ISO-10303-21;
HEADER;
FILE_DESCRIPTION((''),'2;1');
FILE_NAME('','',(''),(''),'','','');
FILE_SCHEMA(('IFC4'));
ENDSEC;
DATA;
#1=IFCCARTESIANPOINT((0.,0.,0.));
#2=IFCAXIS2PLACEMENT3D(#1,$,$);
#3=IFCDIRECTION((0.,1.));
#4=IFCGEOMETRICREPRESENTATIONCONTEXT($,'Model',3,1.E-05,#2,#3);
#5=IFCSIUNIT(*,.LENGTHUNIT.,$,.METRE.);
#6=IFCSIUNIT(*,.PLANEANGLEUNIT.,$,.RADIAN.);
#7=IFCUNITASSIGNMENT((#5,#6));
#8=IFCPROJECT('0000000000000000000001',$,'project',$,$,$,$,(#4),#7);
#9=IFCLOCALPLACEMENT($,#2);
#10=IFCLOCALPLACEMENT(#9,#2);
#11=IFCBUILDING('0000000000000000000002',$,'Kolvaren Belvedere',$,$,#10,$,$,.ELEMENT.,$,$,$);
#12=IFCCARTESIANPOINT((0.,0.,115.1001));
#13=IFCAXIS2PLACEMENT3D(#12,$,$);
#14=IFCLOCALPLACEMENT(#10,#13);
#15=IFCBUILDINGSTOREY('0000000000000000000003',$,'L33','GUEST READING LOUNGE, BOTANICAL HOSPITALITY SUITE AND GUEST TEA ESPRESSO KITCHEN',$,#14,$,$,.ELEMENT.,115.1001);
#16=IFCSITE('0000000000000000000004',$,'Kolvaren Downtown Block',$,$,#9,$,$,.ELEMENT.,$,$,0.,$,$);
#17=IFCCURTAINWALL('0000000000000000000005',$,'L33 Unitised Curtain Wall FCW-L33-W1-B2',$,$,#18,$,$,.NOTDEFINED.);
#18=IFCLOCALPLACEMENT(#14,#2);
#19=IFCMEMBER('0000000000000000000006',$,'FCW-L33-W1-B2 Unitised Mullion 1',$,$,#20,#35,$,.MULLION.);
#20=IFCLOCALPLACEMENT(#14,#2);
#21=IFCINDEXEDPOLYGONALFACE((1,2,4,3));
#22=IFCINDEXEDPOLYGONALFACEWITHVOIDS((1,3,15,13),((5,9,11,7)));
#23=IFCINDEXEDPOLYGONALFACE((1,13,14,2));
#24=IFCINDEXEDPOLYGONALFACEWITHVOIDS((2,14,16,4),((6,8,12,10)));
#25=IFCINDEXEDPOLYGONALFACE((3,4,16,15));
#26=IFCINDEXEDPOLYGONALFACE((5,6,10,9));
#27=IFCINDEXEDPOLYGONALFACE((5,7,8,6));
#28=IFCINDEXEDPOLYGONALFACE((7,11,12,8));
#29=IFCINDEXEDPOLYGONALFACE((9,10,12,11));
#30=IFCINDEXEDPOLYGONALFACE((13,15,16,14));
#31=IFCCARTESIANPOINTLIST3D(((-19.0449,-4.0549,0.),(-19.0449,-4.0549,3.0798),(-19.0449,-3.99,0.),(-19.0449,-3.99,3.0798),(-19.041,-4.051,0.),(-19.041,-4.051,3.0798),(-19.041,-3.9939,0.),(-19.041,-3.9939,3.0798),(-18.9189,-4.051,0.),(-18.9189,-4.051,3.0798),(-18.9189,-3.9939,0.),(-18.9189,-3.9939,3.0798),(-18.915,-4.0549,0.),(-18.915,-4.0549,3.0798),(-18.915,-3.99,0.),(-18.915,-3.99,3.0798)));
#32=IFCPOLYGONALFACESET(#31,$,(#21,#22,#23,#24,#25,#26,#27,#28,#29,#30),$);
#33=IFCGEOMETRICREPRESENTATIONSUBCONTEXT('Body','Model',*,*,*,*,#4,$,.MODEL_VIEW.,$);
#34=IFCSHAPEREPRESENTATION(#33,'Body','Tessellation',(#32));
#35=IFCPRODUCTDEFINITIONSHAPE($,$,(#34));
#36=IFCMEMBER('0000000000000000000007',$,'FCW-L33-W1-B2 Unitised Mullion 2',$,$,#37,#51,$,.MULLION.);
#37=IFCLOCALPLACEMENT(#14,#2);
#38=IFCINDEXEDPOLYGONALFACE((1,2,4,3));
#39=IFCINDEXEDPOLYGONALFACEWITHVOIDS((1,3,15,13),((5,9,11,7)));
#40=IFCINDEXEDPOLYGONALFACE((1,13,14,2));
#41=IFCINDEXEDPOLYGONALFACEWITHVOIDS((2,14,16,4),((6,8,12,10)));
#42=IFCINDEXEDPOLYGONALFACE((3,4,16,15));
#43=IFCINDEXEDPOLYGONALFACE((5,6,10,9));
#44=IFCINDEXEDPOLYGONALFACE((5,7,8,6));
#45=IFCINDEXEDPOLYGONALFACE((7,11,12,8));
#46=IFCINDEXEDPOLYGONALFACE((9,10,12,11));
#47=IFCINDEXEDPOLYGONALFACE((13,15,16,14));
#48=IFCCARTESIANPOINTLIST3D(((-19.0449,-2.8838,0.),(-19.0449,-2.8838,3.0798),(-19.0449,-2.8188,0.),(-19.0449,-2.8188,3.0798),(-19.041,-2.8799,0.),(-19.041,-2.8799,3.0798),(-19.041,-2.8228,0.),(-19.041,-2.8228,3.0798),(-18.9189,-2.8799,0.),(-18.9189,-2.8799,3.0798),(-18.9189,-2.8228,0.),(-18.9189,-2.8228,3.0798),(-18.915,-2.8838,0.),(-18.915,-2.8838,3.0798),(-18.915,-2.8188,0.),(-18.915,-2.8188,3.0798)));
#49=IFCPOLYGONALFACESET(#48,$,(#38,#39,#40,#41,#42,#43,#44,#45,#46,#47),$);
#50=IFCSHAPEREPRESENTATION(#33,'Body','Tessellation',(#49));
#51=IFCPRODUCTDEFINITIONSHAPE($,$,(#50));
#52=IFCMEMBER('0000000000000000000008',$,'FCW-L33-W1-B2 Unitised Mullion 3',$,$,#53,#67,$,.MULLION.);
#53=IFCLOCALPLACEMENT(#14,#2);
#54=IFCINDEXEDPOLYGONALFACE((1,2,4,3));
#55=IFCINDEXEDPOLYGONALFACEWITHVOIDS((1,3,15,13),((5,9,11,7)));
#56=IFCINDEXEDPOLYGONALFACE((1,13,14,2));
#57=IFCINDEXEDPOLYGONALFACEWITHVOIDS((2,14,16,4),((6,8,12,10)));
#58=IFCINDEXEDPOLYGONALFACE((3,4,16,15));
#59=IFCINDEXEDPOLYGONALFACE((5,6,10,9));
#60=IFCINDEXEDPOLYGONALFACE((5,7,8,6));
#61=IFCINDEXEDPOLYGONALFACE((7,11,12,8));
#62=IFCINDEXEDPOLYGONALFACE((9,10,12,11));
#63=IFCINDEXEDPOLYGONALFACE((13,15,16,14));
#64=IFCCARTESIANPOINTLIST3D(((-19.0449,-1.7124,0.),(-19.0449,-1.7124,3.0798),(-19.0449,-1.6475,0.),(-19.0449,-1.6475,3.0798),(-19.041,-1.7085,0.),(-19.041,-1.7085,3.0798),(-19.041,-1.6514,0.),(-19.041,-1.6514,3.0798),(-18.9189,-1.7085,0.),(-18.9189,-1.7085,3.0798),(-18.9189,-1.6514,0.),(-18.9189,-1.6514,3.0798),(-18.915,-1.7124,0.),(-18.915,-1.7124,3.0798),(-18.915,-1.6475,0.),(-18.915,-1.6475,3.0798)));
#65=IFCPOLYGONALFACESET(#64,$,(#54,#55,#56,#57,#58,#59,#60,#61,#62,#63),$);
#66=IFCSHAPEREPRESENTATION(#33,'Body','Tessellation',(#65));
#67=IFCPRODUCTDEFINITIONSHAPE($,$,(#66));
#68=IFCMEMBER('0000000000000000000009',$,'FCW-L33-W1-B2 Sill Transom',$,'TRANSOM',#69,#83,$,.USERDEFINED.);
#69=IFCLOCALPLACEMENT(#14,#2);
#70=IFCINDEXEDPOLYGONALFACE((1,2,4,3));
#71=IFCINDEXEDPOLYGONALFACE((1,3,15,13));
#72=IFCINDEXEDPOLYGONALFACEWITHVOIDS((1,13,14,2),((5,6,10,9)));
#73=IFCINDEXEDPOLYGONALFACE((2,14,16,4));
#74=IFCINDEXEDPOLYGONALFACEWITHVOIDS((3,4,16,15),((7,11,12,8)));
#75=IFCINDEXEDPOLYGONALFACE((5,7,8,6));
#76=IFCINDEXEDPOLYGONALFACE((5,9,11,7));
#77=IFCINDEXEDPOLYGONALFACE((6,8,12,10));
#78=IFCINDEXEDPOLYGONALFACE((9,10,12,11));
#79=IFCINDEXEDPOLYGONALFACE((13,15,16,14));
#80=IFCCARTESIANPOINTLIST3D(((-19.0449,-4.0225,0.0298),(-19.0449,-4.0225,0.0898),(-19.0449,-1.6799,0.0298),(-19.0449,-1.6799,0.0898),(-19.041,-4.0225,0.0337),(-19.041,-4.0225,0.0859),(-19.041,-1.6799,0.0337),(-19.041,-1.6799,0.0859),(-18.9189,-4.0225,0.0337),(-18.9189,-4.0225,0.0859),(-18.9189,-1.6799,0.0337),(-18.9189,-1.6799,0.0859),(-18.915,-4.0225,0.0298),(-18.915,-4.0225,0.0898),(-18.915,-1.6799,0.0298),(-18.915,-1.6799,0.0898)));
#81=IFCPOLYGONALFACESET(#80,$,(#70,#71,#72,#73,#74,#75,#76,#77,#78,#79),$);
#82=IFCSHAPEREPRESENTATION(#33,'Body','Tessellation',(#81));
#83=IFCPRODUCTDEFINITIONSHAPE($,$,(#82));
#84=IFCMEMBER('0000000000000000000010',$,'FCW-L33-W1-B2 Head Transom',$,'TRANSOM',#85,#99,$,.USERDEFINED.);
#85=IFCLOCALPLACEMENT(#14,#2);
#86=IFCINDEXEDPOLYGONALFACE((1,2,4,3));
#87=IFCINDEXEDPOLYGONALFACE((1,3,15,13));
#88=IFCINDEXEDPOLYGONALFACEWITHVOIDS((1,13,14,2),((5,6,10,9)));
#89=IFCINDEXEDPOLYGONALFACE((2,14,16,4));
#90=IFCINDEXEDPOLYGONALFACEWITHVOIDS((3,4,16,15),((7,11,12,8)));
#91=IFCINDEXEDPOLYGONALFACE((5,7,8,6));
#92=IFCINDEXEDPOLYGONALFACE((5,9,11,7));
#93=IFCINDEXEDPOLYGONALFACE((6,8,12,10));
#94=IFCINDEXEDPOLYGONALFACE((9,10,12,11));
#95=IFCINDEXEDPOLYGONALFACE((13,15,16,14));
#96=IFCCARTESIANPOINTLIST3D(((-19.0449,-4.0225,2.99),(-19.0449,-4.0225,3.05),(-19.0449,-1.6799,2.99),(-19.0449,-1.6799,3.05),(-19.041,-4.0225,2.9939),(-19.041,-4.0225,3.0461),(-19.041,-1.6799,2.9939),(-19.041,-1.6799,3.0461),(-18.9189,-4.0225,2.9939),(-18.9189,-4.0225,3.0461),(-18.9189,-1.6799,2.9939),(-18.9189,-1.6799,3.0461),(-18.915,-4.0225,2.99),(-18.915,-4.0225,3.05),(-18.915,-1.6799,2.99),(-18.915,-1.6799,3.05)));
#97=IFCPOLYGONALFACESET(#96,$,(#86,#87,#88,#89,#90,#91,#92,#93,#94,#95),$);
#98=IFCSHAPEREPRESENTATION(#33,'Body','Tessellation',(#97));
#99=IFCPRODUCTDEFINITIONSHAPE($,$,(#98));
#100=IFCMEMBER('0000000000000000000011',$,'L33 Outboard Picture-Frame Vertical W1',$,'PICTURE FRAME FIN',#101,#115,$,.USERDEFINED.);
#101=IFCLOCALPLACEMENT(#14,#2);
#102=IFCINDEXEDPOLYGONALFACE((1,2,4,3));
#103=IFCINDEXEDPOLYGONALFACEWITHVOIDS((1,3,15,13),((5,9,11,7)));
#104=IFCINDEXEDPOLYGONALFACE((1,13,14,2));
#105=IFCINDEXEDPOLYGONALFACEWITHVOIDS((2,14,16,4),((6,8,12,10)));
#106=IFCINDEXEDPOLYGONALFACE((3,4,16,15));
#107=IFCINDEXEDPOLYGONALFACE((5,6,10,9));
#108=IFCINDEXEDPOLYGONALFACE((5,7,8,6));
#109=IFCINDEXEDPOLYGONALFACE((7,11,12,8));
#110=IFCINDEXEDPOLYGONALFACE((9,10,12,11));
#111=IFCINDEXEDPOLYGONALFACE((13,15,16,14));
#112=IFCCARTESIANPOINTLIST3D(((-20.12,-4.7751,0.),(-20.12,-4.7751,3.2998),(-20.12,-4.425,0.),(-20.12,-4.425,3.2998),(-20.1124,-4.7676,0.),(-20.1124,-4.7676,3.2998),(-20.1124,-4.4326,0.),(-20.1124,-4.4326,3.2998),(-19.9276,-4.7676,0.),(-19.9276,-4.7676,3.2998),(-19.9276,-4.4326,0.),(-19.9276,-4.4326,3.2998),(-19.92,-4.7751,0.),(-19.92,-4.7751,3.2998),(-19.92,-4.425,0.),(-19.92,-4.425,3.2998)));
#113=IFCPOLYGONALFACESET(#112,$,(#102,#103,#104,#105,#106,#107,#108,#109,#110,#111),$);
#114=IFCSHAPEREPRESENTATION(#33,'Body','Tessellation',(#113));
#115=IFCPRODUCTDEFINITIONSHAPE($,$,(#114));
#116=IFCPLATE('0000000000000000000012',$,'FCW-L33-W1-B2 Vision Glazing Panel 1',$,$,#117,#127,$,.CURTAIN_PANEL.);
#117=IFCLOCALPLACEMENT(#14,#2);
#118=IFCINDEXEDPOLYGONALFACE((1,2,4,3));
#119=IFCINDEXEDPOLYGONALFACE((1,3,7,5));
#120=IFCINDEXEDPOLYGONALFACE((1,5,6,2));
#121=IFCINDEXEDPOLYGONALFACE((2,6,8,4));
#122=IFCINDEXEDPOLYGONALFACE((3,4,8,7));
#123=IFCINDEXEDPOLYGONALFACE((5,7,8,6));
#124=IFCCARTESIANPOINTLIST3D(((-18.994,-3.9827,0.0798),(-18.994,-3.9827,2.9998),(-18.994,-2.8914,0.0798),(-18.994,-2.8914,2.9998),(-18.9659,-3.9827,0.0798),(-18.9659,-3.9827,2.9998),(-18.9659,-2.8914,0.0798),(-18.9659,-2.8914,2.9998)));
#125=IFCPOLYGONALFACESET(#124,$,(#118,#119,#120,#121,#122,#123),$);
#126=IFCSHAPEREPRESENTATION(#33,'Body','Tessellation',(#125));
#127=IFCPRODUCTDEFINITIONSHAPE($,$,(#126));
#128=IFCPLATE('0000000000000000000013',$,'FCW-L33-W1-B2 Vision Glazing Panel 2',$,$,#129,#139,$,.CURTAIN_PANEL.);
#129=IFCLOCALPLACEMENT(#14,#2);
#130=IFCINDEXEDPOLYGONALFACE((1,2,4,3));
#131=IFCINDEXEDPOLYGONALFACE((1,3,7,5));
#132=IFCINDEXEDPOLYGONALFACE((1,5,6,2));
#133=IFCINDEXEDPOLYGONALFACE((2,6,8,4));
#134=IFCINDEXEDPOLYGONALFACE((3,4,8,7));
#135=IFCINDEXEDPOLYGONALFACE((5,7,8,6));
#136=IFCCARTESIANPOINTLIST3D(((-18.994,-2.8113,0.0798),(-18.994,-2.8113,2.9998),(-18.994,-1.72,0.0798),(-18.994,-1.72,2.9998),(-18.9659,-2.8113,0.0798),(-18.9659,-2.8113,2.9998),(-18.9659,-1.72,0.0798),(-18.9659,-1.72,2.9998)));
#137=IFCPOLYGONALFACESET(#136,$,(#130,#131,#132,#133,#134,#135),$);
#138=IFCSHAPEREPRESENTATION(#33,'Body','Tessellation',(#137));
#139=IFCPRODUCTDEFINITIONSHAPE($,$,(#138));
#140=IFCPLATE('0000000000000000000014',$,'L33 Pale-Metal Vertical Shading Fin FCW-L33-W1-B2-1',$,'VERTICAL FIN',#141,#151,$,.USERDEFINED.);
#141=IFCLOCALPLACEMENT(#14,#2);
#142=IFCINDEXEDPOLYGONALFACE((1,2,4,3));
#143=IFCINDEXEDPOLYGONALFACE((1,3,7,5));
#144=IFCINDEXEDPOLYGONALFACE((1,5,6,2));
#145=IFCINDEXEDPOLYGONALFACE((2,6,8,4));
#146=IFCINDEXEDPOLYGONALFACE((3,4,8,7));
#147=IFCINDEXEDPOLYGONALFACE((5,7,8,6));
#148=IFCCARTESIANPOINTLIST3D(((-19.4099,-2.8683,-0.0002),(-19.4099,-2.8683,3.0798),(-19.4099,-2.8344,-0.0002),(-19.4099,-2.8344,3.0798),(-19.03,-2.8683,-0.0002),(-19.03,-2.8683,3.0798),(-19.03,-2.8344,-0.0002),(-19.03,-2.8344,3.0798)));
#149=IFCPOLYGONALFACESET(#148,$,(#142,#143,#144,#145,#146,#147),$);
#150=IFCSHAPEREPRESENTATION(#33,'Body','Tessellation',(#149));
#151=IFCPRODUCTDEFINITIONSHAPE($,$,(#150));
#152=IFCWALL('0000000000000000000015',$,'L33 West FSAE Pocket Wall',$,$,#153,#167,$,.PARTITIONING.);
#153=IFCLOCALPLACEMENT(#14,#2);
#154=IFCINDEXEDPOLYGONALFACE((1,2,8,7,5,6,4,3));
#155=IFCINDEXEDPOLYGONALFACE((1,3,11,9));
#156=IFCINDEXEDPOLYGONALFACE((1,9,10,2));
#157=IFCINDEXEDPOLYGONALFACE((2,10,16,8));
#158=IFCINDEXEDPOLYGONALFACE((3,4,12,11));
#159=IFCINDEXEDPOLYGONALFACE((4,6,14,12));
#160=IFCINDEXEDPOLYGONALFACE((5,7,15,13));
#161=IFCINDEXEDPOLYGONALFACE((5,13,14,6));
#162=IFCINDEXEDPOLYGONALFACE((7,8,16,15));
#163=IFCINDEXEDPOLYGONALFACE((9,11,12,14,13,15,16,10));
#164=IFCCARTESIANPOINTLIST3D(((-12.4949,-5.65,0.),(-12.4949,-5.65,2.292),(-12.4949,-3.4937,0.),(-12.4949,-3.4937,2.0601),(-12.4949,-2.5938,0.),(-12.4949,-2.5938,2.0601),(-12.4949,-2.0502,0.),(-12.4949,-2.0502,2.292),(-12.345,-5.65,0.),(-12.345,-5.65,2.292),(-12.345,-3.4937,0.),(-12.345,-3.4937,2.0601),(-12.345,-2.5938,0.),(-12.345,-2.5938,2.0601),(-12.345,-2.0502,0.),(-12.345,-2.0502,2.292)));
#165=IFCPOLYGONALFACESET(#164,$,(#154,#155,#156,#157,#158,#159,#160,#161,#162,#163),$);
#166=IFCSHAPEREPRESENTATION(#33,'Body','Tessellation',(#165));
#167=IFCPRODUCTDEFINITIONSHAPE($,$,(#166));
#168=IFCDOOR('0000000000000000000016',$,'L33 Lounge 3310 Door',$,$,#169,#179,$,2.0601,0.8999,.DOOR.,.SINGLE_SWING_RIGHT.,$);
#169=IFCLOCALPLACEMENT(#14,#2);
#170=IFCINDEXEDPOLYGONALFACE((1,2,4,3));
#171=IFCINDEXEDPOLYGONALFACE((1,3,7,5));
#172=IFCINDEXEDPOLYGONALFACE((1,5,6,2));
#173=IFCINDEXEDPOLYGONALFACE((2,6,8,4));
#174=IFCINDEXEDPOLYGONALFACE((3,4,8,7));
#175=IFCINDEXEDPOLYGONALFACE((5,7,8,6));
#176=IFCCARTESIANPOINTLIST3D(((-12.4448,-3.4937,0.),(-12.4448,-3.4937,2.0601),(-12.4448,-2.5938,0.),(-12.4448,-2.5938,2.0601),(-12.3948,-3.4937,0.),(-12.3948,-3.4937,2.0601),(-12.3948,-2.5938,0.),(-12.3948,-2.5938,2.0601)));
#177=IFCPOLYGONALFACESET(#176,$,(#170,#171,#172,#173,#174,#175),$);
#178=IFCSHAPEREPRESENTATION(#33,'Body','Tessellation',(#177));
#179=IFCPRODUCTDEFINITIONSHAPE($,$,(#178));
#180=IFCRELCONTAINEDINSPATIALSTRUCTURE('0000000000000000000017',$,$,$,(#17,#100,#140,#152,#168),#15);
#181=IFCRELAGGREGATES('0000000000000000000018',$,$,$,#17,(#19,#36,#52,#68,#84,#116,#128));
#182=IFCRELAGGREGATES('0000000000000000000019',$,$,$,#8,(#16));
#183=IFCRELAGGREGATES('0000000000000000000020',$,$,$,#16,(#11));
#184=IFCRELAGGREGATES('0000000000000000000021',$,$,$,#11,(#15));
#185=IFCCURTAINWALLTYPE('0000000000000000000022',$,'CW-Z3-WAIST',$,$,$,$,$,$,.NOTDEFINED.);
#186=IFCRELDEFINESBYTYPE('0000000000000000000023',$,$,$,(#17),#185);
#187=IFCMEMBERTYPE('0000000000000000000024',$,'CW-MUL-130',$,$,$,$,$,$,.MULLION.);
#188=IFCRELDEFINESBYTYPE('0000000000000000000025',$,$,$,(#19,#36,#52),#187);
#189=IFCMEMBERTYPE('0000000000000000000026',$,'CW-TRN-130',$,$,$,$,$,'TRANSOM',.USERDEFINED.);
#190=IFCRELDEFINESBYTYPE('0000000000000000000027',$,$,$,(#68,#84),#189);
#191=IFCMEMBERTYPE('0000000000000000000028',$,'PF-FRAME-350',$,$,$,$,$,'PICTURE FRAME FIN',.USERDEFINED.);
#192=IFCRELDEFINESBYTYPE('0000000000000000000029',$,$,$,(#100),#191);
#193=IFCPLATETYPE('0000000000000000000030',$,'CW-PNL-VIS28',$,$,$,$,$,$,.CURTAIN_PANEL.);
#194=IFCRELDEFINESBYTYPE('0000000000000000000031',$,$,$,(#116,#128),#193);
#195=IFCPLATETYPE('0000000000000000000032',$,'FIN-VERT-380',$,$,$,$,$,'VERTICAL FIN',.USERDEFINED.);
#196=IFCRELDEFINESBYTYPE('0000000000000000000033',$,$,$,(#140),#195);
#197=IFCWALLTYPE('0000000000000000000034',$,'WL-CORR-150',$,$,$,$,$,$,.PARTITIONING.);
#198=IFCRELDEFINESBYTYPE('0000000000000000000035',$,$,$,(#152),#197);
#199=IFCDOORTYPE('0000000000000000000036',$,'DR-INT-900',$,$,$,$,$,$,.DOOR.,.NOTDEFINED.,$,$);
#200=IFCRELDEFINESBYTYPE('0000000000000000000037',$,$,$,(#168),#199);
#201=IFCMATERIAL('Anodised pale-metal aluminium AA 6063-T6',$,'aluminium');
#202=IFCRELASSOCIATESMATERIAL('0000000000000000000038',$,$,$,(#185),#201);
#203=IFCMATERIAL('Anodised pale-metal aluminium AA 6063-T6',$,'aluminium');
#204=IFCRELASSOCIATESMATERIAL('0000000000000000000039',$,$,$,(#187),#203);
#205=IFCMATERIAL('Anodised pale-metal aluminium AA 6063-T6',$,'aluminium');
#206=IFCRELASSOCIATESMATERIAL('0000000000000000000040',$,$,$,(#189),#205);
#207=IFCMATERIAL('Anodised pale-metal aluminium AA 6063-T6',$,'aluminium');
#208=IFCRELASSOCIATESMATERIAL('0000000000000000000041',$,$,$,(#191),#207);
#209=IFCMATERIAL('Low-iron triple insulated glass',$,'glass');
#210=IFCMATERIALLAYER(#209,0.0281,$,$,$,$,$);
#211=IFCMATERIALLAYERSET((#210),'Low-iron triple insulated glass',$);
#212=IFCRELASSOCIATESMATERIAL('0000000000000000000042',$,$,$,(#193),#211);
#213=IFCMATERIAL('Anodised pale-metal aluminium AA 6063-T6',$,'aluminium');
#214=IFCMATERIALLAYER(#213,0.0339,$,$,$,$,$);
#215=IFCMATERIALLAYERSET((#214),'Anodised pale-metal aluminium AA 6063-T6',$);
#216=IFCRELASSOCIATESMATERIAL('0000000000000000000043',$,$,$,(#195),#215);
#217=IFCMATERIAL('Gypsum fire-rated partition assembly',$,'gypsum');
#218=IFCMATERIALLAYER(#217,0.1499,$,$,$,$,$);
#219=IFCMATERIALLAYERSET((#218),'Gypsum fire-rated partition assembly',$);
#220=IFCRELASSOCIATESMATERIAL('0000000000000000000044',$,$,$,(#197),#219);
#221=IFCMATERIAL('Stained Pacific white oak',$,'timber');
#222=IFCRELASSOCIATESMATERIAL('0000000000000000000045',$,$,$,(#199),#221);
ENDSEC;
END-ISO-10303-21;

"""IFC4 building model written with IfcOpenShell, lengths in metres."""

from ifc_helpers import new_model, si_unit, direction, frame, frame_2d, origin, origin_2d, place, context, subcontext, project, spatial, rectangle, hollow_rectangle, extrude, material, layer, layer_set, material_profile, profile_set, type_object, element, fill, aggregate, save


model = new_model("IFC4")

# Units and contexts
model_context = context("Model", 3, precision=1e-05, world=origin(), true_north=direction((0.0, 1.0)))
body_context = subcontext(model_context, "Body", "Model", "MODEL_VIEW")
ifc_project = project(units=[si_unit("LENGTHUNIT", "METRE"), si_unit("PLANEANGLEUNIT", "RADIAN")], contexts=[model_context])

# Site, building, storey
site_placement = place(None, origin())
site = spatial("IfcSite", under=ifc_project, at=site_placement, Name="Kolvaren Downtown Block", CompositionType="ELEMENT", RefElevation=0.0)
building_placement = place(site_placement, origin())
building = spatial("IfcBuilding", under=site, at=building_placement, Name="Kolvaren Belvedere", CompositionType="ELEMENT")
storey_placement = place(building_placement, frame((0.0, 0.0, 115.1001)))
storey = spatial("IfcBuildingStorey", under=building, at=storey_placement, Name="L33", Description="GUEST READING LOUNGE, BOTANICAL HOSPITALITY SUITE AND GUEST TEA ESPRESSO KITCHEN", CompositionType="ELEMENT", Elevation=115.1001)

# Shared definitions
ifc_material_1 = material(Name="Anodised pale-metal aluminium AA 6063-T6", Category="aluminium")
curtain_wall_type = type_object("IfcCurtainWallType", Name="CW-Z3-WAIST", PredefinedType="NOTDEFINED", material=ifc_material_1)
ifc_material_2 = material(Name="Anodised pale-metal aluminium AA 6063-T6", Category="aluminium")
ifc_material_profile_1 = material_profile(ifc_material_2, hollow_rectangle(XDim=0.0649, YDim=0.1299, WallThickness=0.0039, at=origin_2d()), Name="ALU-MUL-130X65")
ifc_profile_set_1 = profile_set([ifc_material_profile_1], Name="Anodised pale-metal aluminium AA 6063-T6")
member_type_1 = type_object("IfcMemberType", Name="CW-MUL-130", PredefinedType="MULLION", material=ifc_profile_set_1)

# Curtain wall, members
curtain_wall_1_placement = place(storey_placement, origin())
curtain_wall_1 = element("IfcCurtainWall", 1, at=curtain_wall_1_placement, inside=storey, type_object=curtain_wall_type, Name="L33 Unitised Curtain Wall FCW-L33-W1-B2", PredefinedType="NOTDEFINED")
member_1_placement = place(storey_placement, frame((-18.98, -4.0225, 0.0), z_axis=(0.0, 0.0, 1.0), x_axis=(0.0, 1.0, 0.0)))
member_1 = element("IfcMember", 2, at=member_1_placement, type_object=member_type_1, Name="FCW-L33-W1-B2 Unitised Mullion 1", PredefinedType="MULLION", context=body_context, shape_type="SweptSolid", body=[
    extrude(hollow_rectangle(XDim=0.0649, YDim=0.1299, WallThickness=0.0039, at=origin_2d()), origin(), (0.0, 0.0, 1.0), 3.0798),
])
member_2_placement = place(storey_placement, frame((-18.98, -2.8513, 0.0), z_axis=(0.0, 0.0, 1.0), x_axis=(0.0, 1.0, 0.0)))
member_2 = element("IfcMember", 3, at=member_2_placement, type_object=member_type_1, Name="FCW-L33-W1-B2 Unitised Mullion 2", PredefinedType="MULLION", context=body_context, shape_type="SweptSolid", body=[
    extrude(hollow_rectangle(XDim=0.0649, YDim=0.1299, WallThickness=0.0039, at=origin_2d()), origin(), (0.0, 0.0, 1.0), 3.0798),
])
member_3_placement = place(storey_placement, frame((-18.98, -1.6799, 0.0), z_axis=(0.0, 0.0, 1.0), x_axis=(0.0, 1.0, 0.0)))
member_3 = element("IfcMember", 4, at=member_3_placement, type_object=member_type_1, Name="FCW-L33-W1-B2 Unitised Mullion 3", PredefinedType="MULLION", context=body_context, shape_type="SweptSolid", body=[
    extrude(hollow_rectangle(XDim=0.0649, YDim=0.1299, WallThickness=0.0039, at=origin_2d()), origin(), (0.0, 0.0, 1.0), 3.0798),
])
ifc_material_3 = material(Name="Anodised pale-metal aluminium AA 6063-T6", Category="aluminium")
ifc_material_profile_2 = material_profile(ifc_material_3, hollow_rectangle(XDim=0.0601, YDim=0.1299, WallThickness=0.0039, at=origin_2d()), Name="ALU-TRN-130X60")
ifc_profile_set_2 = profile_set([ifc_material_profile_2], Name="Anodised pale-metal aluminium AA 6063-T6")
member_type_2 = type_object("IfcMemberType", Name="CW-TRN-130", ElementType="TRANSOM", PredefinedType="USERDEFINED", material=ifc_profile_set_2)
member_4_placement = place(storey_placement, frame((-18.98, -4.0225, 0.0598), z_axis=(0.0, 1.0, 0.0), x_axis=(0.0, 0.0, 1.0)))
member_4 = element("IfcMember", 5, at=member_4_placement, type_object=member_type_2, Name="FCW-L33-W1-B2 Sill Transom", ObjectType="TRANSOM", PredefinedType="USERDEFINED", context=body_context, shape_type="SweptSolid", body=[
    extrude(hollow_rectangle(XDim=0.0601, YDim=0.1299, WallThickness=0.0039, at=origin_2d()), origin(), (0.0, 0.0, 1.0), 2.3425),
])
member_5_placement = place(storey_placement, frame((-18.98, -4.0225, 3.02), z_axis=(0.0, 1.0, 0.0), x_axis=(0.0, 0.0, 1.0)))
member_5 = element("IfcMember", 6, at=member_5_placement, type_object=member_type_2, Name="FCW-L33-W1-B2 Head Transom", ObjectType="TRANSOM", PredefinedType="USERDEFINED", context=body_context, shape_type="SweptSolid", body=[
    extrude(hollow_rectangle(XDim=0.0601, YDim=0.1299, WallThickness=0.0039, at=origin_2d()), origin(), (0.0, 0.0, 1.0), 2.3425),
])

# Member
ifc_material_4 = material(Name="Anodised pale-metal aluminium AA 6063-T6", Category="aluminium")
ifc_material_profile_3 = material_profile(ifc_material_4, hollow_rectangle(XDim=0.2, YDim=0.3501, WallThickness=0.0076, at=origin_2d()), Name="ALU-PF-350X200")
ifc_profile_set_3 = profile_set([ifc_material_profile_3], Name="Anodised pale-metal aluminium AA 6063-T6")
member_type_3 = type_object("IfcMemberType", Name="PF-FRAME-350", ElementType="PICTURE FRAME FIN", PredefinedType="USERDEFINED", material=ifc_profile_set_3)
member_6_placement = place(storey_placement, frame((-20.02, -4.6001, 0.0), z_axis=(0.0, 0.0, 1.0), x_axis=(1.0, 0.0, 0.0)))
element("IfcMember", 7, at=member_6_placement, inside=storey, type_object=member_type_3, Name="L33 Outboard Picture-Frame Vertical W1", ObjectType="PICTURE FRAME FIN", PredefinedType="USERDEFINED", context=body_context, shape_type="SweptSolid", body=[
    extrude(hollow_rectangle(XDim=0.2, YDim=0.3501, WallThickness=0.0076, at=origin_2d()), origin(), (0.0, 0.0, 1.0), 3.2998),
])

# Plates
ifc_material_5 = material(Name="Low-iron triple insulated glass", Category="glass")
ifc_layer_1 = layer(ifc_material_5, 0.0281)
ifc_layer_set_1 = layer_set([ifc_layer_1], Name="Low-iron triple insulated glass")
plate_type_1 = type_object("IfcPlateType", Name="CW-PNL-VIS28", PredefinedType="CURTAIN_PANEL", material=ifc_layer_set_1)
plate_1_placement = place(storey_placement, frame((-18.98, -3.437, 0.0798), z_axis=(0.0, 0.0, 1.0), x_axis=(0.0, 1.0, 0.0)))
plate_1 = element("IfcPlate", 8, at=plate_1_placement, type_object=plate_type_1, Name="FCW-L33-W1-B2 Vision Glazing Panel 1", PredefinedType="CURTAIN_PANEL", context=body_context, shape_type="SweptSolid", body=[
    extrude(rectangle(XDim=1.0913, YDim=0.0281, at=origin_2d()), origin(), (0.0, 0.0, 1.0), 2.9199),
])
plate_2_placement = place(storey_placement, frame((-18.98, -2.2656, 0.0798), z_axis=(0.0, 0.0, 1.0), x_axis=(0.0, 1.0, 0.0)))
plate_2 = element("IfcPlate", 9, at=plate_2_placement, type_object=plate_type_1, Name="FCW-L33-W1-B2 Vision Glazing Panel 2", PredefinedType="CURTAIN_PANEL", context=body_context, shape_type="SweptSolid", body=[
    extrude(rectangle(XDim=1.0913, YDim=0.0281, at=origin_2d()), origin(), (0.0, 0.0, 1.0), 2.9199),
])
aggregate(curtain_wall_1, [member_1, member_2, member_3, member_4, member_5, plate_1, plate_2])
ifc_material_6 = material(Name="Anodised pale-metal aluminium AA 6063-T6", Category="aluminium")
ifc_layer_2 = layer(ifc_material_6, 0.0339)
ifc_layer_set_2 = layer_set([ifc_layer_2], Name="Anodised pale-metal aluminium AA 6063-T6")
plate_type_2 = type_object("IfcPlateType", Name="FIN-VERT-380", ElementType="VERTICAL FIN", PredefinedType="USERDEFINED", material=ifc_layer_set_2)
plate_3_placement = place(storey_placement, frame((-19.22, -2.8513, -0.0002), z_axis=(0.0, 0.0, 1.0), x_axis=(1.0, 0.0, 0.0)))
element("IfcPlate", 10, at=plate_3_placement, inside=storey, type_object=plate_type_2, Name="L33 Pale-Metal Vertical Shading Fin FCW-L33-W1-B2-1", ObjectType="VERTICAL FIN", PredefinedType="USERDEFINED", context=body_context, shape_type="SweptSolid", body=[
    extrude(rectangle(XDim=0.3799, YDim=0.0339, at=origin_2d()), origin(), (0.0, 0.0, 1.0), 3.0801),
])

# Wall, opening, door
ifc_material_7 = material(Name="Gypsum fire-rated partition assembly", Category="gypsum")
ifc_layer_3 = layer(ifc_material_7, 0.1499)
ifc_layer_set_3 = layer_set([ifc_layer_3], Name="Gypsum fire-rated partition assembly")
wall_type_1 = type_object("IfcWallType", Name="WL-CORR-150", PredefinedType="PARTITIONING", material=ifc_layer_set_3)
wall_1_placement = place(storey_placement, frame((-12.4199, -5.6499, 0.0), z_axis=(0.0, 0.0, 1.0), x_axis=(0.0, 1.0, 0.0)))
wall_1 = element("IfcWall", 11, at=wall_1_placement, inside=storey, type_object=wall_type_1, Name="L33 West FSAE Pocket Wall", PredefinedType="PARTITIONING", context=body_context, shape_type="SweptSolid", body=[
    extrude(rectangle(XDim=3.5999, YDim=0.1499, at=frame_2d((1.7998, 0.0))), origin(), (0.0, 0.0, 1.0), 2.292),
])
opening_1_placement = place(wall_1_placement, frame((2.1562, 0.0, 0.0)))
opening_1 = element("IfcOpeningElement", 12, at=opening_1_placement, cuts=wall_1, PredefinedType="OPENING", context=body_context, shape_type="SweptSolid", body=[
    extrude(rectangle(XDim=0.8999, YDim=2.0601, at=frame_2d((0.45, 1.03))), frame((0.0, 0.085, 0.0), z_axis=(0.0, -1.0, 0.0), x_axis=(1.0, 0.0, 0.0)), (0.0, 0.0, 1.0), 0.1699),
])
ifc_material_8 = material(Name="Stained Pacific white oak", Category="timber")
door_type_1 = type_object("IfcDoorType", Name="DR-INT-900", OperationType="NOTDEFINED", PredefinedType="DOOR", material=ifc_material_8)
door_1_placement = place(opening_1_placement, origin())
door_1 = element("IfcDoor", 13, at=door_1_placement, inside=storey, type_object=door_type_1, Name="L33 Lounge 3310 Door", OperationType="SINGLE_SWING_RIGHT", OverallHeight=2.0601, OverallWidth=0.8999, PredefinedType="DOOR", context=body_context, shape_type="SweptSolid", body=[
    extrude(rectangle(XDim=0.8999, YDim=2.0601, at=frame_2d((0.45, 1.03))), frame((0.0, 0.0249, 0.0), z_axis=(0.0, -1.0, 0.0), x_axis=(1.0, 0.0, 0.0)), (0.0, 0.0, 1.0), 0.05),
])
fill(opening_1, door_1)

save(model, "model.ifc")
